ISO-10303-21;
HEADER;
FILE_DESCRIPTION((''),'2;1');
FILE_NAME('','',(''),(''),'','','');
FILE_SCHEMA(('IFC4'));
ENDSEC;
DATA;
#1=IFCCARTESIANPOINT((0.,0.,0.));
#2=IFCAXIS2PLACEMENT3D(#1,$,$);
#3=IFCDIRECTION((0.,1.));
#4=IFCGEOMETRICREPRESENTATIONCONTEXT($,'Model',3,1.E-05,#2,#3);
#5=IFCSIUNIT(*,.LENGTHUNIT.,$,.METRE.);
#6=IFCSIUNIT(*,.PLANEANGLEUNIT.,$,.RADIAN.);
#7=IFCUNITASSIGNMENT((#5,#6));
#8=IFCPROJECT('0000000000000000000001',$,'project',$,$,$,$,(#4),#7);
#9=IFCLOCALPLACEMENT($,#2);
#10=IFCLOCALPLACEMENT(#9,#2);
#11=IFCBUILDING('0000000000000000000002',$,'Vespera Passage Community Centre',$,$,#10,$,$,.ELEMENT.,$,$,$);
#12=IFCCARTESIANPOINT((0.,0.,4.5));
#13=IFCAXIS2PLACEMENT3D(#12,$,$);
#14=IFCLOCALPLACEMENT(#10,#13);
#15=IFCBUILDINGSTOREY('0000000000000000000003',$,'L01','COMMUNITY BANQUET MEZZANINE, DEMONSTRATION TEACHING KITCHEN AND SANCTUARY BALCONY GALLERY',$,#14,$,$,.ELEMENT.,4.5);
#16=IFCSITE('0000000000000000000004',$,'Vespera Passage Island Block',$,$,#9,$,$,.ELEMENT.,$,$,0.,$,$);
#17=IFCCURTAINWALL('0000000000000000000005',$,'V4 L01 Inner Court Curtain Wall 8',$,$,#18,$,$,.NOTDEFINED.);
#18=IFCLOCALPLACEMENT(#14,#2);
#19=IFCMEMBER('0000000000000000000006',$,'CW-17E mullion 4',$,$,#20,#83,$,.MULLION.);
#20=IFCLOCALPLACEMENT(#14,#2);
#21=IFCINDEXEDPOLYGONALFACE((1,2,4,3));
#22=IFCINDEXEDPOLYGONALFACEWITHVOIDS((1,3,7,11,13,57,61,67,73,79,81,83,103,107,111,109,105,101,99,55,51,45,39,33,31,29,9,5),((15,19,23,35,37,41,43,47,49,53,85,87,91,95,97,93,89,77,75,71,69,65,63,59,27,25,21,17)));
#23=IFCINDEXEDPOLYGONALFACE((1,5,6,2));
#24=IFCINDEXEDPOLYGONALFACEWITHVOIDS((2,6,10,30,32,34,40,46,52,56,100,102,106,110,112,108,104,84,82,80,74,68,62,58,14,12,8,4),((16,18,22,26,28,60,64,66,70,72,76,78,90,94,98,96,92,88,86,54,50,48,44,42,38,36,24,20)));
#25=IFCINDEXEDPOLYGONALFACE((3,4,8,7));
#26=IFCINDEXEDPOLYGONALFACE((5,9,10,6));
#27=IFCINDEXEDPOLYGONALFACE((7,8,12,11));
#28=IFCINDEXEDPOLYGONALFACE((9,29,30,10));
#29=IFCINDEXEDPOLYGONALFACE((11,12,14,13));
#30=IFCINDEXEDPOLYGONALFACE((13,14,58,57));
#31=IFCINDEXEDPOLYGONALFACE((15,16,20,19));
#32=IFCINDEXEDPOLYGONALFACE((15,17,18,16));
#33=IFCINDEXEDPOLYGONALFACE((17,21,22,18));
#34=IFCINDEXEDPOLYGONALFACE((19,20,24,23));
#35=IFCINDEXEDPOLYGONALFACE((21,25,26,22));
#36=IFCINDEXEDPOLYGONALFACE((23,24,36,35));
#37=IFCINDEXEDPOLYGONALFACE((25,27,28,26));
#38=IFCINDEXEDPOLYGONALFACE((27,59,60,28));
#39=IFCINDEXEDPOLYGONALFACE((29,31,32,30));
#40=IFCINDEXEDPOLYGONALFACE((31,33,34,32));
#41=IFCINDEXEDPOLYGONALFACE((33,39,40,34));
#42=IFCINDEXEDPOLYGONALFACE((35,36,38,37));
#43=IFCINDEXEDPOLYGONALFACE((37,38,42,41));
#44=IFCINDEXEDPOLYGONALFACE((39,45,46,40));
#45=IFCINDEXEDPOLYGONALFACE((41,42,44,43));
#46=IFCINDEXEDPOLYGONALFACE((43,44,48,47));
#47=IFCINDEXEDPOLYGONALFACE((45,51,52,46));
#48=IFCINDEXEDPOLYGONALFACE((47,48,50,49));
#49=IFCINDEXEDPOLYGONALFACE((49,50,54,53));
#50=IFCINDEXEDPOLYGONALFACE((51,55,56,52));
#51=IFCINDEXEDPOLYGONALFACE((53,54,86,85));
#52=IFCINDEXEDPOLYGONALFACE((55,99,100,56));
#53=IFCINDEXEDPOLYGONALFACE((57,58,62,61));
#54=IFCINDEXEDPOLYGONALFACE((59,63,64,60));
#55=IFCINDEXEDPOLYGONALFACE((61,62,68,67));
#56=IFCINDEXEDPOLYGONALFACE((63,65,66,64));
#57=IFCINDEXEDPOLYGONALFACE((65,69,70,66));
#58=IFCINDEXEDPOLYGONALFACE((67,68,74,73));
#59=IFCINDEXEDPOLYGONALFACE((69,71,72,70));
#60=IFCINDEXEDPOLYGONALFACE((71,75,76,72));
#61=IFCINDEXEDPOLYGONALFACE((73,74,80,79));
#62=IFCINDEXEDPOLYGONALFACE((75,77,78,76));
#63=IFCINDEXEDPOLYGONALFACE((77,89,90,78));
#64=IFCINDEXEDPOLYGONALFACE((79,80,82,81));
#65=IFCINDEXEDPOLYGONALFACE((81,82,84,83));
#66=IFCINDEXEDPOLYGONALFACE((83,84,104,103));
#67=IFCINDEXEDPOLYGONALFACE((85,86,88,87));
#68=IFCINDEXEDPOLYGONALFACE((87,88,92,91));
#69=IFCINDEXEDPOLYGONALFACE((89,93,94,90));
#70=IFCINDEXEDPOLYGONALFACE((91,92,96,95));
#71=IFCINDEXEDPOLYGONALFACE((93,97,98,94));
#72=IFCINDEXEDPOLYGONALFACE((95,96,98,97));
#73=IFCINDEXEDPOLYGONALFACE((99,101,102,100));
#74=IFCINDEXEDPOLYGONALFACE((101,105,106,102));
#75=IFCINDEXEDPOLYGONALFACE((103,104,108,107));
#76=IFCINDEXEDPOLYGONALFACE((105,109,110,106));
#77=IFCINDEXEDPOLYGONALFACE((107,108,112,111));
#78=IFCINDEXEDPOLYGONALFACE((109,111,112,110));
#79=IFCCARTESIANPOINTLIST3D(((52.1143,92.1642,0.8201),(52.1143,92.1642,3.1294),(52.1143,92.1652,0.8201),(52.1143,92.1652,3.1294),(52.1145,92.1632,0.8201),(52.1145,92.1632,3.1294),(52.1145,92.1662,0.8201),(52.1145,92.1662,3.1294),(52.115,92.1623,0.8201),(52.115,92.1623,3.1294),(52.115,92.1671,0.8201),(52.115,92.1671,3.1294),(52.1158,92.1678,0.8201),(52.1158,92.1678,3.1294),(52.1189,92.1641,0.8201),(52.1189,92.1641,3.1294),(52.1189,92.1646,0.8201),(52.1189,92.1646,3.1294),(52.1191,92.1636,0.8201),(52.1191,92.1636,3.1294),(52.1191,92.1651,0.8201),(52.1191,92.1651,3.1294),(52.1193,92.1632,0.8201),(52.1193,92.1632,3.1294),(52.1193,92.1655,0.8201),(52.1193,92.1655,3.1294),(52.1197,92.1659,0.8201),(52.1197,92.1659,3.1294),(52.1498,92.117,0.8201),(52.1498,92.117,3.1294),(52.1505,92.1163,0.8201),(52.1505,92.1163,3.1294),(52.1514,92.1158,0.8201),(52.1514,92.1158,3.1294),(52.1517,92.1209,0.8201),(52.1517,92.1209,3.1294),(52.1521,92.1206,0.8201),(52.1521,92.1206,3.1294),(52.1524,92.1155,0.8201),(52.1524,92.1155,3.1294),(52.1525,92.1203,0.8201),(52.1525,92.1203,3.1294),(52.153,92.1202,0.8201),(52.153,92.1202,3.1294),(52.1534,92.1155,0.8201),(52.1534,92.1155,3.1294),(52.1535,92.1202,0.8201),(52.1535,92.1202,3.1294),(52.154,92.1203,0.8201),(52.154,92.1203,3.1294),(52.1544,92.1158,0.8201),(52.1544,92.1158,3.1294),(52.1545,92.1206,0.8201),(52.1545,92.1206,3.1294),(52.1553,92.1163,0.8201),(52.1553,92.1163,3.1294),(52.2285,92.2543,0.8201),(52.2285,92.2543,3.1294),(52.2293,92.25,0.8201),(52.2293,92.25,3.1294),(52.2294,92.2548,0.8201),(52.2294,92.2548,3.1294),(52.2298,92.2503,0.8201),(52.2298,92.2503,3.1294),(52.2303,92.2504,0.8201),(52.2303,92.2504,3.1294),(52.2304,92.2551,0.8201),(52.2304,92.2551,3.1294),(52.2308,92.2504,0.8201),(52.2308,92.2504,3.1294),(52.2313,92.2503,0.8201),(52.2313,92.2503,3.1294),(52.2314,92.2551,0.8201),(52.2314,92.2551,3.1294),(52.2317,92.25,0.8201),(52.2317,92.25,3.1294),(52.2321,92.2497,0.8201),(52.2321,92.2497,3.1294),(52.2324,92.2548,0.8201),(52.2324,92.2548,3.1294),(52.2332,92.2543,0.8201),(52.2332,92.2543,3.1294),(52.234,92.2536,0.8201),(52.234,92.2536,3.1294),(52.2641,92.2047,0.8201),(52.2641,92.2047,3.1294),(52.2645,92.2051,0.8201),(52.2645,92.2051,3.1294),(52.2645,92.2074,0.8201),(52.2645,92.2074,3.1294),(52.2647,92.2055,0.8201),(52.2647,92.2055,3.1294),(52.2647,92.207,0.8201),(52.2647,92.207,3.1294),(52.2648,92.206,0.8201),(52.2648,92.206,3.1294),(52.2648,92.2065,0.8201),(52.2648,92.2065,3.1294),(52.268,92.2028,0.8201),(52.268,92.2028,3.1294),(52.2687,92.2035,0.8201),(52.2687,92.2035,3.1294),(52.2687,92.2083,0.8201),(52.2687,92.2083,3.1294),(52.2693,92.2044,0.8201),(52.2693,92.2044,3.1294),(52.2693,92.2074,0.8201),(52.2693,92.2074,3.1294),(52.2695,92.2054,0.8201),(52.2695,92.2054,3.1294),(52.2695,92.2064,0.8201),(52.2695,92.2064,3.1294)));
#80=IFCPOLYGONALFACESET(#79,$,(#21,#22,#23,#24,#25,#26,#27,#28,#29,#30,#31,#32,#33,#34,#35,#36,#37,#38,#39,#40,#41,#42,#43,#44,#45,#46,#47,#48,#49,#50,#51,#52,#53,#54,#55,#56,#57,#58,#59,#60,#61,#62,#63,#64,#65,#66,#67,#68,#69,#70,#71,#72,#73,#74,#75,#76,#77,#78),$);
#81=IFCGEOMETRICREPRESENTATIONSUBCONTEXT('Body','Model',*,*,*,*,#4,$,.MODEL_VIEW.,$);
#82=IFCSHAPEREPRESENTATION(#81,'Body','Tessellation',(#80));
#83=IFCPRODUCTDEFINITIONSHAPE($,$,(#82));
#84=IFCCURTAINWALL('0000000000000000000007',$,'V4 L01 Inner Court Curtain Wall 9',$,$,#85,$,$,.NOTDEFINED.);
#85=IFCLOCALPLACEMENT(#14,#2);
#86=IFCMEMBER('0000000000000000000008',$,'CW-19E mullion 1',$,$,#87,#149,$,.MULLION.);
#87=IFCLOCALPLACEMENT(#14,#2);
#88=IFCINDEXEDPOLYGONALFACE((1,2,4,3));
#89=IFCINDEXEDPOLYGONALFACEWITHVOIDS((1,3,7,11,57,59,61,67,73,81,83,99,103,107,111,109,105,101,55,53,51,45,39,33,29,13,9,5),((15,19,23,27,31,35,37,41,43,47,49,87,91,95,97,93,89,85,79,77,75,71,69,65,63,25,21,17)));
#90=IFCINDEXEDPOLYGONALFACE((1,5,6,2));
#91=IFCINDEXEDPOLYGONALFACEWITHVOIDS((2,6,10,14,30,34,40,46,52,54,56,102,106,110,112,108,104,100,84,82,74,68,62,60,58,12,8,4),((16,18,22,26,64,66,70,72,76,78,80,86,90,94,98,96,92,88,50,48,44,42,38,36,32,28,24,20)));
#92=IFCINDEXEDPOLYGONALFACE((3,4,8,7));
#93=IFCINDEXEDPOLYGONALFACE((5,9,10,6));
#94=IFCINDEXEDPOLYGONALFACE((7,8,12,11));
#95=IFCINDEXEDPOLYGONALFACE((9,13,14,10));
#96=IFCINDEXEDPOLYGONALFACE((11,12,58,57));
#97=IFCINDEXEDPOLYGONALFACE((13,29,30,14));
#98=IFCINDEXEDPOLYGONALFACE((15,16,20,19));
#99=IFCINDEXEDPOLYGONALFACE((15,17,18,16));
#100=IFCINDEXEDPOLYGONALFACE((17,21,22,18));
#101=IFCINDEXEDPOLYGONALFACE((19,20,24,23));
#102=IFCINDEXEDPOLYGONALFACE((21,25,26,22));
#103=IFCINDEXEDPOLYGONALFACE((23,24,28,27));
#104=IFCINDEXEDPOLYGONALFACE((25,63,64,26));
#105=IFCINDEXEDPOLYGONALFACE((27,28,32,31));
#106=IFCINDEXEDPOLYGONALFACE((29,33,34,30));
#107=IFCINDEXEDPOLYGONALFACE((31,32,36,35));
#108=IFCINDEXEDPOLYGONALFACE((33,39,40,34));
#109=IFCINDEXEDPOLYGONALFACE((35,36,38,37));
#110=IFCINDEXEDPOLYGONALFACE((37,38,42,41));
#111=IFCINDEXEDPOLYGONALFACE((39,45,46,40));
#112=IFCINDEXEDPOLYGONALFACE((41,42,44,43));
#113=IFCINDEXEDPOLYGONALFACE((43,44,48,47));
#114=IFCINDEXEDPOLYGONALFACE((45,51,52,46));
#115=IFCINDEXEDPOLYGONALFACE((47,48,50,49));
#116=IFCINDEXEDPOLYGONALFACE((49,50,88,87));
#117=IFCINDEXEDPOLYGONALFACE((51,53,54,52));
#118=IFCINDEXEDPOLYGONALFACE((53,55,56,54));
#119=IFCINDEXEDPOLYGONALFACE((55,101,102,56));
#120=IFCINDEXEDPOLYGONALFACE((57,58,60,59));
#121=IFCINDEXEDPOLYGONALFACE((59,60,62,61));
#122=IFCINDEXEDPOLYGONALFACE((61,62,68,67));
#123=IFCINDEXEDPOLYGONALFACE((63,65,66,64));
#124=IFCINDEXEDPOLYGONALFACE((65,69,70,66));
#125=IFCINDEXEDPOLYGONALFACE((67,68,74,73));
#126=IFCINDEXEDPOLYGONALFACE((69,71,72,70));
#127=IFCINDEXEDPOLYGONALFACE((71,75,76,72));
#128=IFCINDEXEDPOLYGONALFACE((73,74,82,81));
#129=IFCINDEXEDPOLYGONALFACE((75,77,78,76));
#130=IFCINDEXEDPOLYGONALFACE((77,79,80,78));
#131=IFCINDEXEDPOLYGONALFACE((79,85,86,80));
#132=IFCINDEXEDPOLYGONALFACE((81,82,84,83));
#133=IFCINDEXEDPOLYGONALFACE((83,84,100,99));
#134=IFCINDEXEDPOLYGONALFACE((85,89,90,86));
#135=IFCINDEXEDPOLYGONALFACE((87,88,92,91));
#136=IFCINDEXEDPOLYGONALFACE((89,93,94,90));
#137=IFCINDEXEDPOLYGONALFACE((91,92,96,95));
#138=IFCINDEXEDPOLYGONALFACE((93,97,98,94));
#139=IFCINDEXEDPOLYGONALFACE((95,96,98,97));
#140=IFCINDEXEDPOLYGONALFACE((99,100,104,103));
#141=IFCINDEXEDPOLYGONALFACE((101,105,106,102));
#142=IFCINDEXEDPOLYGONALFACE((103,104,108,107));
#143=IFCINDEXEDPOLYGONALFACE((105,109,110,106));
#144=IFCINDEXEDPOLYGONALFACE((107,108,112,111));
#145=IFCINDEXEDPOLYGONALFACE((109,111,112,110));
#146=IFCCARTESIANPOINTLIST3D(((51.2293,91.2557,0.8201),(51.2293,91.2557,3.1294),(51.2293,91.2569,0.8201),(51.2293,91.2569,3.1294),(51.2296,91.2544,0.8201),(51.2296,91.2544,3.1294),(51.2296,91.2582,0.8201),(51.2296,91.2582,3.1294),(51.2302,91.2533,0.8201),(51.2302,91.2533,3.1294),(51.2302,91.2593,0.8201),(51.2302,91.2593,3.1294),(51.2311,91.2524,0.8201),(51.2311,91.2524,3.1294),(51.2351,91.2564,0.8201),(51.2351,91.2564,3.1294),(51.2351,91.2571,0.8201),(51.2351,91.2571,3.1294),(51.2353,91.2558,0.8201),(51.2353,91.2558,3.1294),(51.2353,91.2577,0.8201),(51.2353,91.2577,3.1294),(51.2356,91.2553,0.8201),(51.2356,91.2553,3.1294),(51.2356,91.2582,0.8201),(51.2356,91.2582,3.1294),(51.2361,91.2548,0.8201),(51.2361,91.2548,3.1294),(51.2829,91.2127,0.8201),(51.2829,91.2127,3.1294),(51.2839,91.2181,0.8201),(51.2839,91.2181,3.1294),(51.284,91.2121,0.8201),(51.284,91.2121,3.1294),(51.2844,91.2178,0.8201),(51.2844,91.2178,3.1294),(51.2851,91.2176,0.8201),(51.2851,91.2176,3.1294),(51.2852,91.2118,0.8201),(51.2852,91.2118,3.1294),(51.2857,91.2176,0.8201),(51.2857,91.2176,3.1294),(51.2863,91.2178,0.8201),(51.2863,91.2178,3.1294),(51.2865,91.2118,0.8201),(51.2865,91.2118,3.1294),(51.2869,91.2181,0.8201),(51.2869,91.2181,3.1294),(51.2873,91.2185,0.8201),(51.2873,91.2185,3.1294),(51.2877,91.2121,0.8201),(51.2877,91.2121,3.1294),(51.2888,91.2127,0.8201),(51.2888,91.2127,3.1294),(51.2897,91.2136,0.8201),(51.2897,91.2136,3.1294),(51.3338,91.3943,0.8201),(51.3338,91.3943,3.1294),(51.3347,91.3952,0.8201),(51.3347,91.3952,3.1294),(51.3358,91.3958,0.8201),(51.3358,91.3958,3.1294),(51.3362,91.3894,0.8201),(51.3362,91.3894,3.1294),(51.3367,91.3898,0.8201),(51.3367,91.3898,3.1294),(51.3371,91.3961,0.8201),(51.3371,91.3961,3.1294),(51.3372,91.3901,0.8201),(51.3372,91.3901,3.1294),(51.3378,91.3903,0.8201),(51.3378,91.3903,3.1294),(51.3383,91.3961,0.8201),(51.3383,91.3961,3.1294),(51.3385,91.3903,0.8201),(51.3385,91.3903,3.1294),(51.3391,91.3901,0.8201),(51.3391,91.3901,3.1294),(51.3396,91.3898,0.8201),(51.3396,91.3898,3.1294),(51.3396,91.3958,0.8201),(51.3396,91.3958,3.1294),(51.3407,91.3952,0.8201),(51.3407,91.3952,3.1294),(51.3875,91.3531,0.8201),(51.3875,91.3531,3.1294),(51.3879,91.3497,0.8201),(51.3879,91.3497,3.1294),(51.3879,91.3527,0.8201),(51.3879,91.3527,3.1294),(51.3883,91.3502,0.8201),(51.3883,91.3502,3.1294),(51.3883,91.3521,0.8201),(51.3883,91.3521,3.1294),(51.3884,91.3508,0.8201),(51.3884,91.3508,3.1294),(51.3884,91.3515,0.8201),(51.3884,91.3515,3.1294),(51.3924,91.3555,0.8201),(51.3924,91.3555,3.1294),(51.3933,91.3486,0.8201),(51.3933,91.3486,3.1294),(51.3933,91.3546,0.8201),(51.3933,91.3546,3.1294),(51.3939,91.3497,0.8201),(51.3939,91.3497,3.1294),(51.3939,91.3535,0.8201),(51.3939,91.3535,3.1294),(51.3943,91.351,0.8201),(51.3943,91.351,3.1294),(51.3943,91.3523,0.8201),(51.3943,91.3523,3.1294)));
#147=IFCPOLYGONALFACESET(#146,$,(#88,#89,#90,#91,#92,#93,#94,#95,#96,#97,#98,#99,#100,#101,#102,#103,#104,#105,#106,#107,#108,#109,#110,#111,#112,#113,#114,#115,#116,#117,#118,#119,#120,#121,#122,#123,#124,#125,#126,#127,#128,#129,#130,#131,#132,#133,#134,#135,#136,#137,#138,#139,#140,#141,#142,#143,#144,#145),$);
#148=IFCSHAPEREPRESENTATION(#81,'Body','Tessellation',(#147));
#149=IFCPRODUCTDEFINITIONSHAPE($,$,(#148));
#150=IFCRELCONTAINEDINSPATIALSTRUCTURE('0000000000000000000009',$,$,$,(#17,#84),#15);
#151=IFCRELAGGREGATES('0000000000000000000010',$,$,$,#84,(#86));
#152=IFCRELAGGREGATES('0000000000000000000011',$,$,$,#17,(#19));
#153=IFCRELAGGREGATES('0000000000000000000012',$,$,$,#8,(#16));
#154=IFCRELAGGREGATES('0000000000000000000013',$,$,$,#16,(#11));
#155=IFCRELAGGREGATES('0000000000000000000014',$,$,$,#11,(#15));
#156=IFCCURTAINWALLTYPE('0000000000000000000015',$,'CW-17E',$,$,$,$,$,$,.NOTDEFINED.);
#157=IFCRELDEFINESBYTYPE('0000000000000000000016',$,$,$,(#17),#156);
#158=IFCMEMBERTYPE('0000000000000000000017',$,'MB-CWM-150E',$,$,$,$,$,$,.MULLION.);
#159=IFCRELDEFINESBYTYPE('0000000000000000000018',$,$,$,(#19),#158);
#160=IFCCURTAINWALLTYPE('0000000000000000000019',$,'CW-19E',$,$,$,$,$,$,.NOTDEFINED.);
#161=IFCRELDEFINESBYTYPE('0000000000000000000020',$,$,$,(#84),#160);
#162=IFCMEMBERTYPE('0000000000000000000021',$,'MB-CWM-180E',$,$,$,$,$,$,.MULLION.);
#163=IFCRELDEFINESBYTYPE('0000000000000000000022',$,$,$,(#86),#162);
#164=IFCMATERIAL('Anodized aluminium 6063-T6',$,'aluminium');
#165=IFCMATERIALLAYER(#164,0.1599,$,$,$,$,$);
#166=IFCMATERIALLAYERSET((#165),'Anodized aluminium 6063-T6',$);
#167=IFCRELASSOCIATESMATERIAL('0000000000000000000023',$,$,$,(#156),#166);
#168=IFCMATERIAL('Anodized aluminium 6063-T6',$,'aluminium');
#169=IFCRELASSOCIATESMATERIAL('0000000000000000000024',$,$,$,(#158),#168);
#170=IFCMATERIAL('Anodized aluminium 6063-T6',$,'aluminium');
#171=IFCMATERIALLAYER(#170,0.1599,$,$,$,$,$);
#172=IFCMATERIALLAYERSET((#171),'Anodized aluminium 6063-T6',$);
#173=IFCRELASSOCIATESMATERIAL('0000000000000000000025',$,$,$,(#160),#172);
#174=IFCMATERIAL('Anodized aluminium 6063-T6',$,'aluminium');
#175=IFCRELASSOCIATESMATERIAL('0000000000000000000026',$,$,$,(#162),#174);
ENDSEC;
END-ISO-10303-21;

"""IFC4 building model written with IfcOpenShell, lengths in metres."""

from ifc_helpers import new_model, si_unit, direction, frame, origin, origin_2d, place, context, subcontext, project, spatial, hollow_rectangle, extrude, material, layer, layer_set, material_profile, profile_set, type_object, element, aggregate, save


model = new_model("IFC4")

# Units and contexts
model_context = context("Model", 3, precision=1e-05, world=origin(), true_north=direction((0.0, 1.0)))
body_context = subcontext(model_context, "Body", "Model", "MODEL_VIEW")
ifc_project = project(units=[si_unit("LENGTHUNIT", "METRE"), si_unit("PLANEANGLEUNIT", "RADIAN")], contexts=[model_context])

# Site, building, storey
site_placement = place(None, origin())
site = spatial("IfcSite", under=ifc_project, at=site_placement, Name="Vespera Passage Island Block", CompositionType="ELEMENT", RefElevation=0.0)
building_placement = place(site_placement, origin())
building = spatial("IfcBuilding", under=site, at=building_placement, Name="Vespera Passage Community Centre", CompositionType="ELEMENT")
storey_placement = place(building_placement, frame((0.0, 0.0, 4.5)))
storey = spatial("IfcBuildingStorey", under=building, at=storey_placement, Name="L01", Description="COMMUNITY BANQUET MEZZANINE, DEMONSTRATION TEACHING KITCHEN AND SANCTUARY BALCONY GALLERY", CompositionType="ELEMENT", Elevation=4.5)

# Curtain walls, members
ifc_material_1 = material(Name="Anodized aluminium 6063-T6", Category="aluminium")
ifc_layer_1 = layer(ifc_material_1, 0.1599)
ifc_layer_set_1 = layer_set([ifc_layer_1], Name="Anodized aluminium 6063-T6")
curtain_wall_type_1 = type_object("IfcCurtainWallType", Name="CW-17E", PredefinedType="NOTDEFINED", material=ifc_layer_set_1)
curtain_wall_1_placement = place(storey_placement, origin())
curtain_wall_1 = element("IfcCurtainWall", 1, at=curtain_wall_1_placement, inside=storey, type_object=curtain_wall_type_1, Name="V4 L01 Inner Court Curtain Wall 8", PredefinedType="NOTDEFINED")
ifc_material_2 = material(Name="Anodized aluminium 6063-T6", Category="aluminium")
ifc_material_profile_1 = material_profile(ifc_material_2, hollow_rectangle(XDim=0.0649, YDim=0.1499, WallThickness=0.0039, InnerFilletRadius=0.002, OuterFilletRadius=0.0039, at=origin_2d()), Name="ALU150X65X4")
ifc_profile_set_1 = profile_set([ifc_material_profile_1], Name="Anodized aluminium 6063-T6")
member_type_1 = type_object("IfcMemberType", Name="MB-CWM-150E", PredefinedType="MULLION", material=ifc_profile_set_1)
member_1_placement = place(storey_placement, frame((52.1919, 92.1853, 0.8201), z_axis=(0.0, 0.0, 1.0), x_axis=(0.608755, -0.793358, 0.0)))
member_1 = element("IfcMember", 2, at=member_1_placement, type_object=member_type_1, Name="CW-17E mullion 4", PredefinedType="MULLION", context=body_context, shape_type="SweptSolid", body=[
    extrude(hollow_rectangle(XDim=0.0649, YDim=0.1499, WallThickness=0.0039, InnerFilletRadius=0.002, OuterFilletRadius=0.0039, at=origin_2d()), origin(), (0.0, 0.0, 1.0), 2.3093),
])
ifc_material_3 = material(Name="Anodized aluminium 6063-T6", Category="aluminium")
ifc_layer_2 = layer(ifc_material_3, 0.1599)
ifc_layer_set_2 = layer_set([ifc_layer_2], Name="Anodized aluminium 6063-T6")
curtain_wall_type_2 = type_object("IfcCurtainWallType", Name="CW-19E", PredefinedType="NOTDEFINED", material=ifc_layer_set_2)
curtain_wall_2_placement = place(storey_placement, origin())
curtain_wall_2 = element("IfcCurtainWall", 3, at=curtain_wall_2_placement, inside=storey, type_object=curtain_wall_type_2, Name="V4 L01 Inner Court Curtain Wall 9", PredefinedType="NOTDEFINED")
ifc_material_4 = material(Name="Anodized aluminium 6063-T6", Category="aluminium")
ifc_material_profile_2 = material_profile(ifc_material_4, hollow_rectangle(XDim=0.075, YDim=0.1799, WallThickness=0.0049, InnerFilletRadius=0.0024, OuterFilletRadius=0.0049, at=origin_2d()), Name="ALU180X75X5")
ifc_profile_set_2 = profile_set([ifc_material_profile_2], Name="Anodized aluminium 6063-T6")
member_type_2 = type_object("IfcMemberType", Name="MB-CWM-180E", PredefinedType="MULLION", material=ifc_profile_set_2)
member_2_placement = place(storey_placement, frame((51.3118, 91.304, 0.8201), z_axis=(0.0, 0.0, 1.0), x_axis=(0.793358, -0.608755, 0.0)))
member_2 = element("IfcMember", 4, at=member_2_placement, type_object=member_type_2, Name="CW-19E mullion 1", PredefinedType="MULLION", context=body_context, shape_type="SweptSolid", body=[
    extrude(hollow_rectangle(XDim=0.075, YDim=0.1799, WallThickness=0.0049, InnerFilletRadius=0.0024, OuterFilletRadius=0.0049, at=origin_2d()), origin(), (0.0, 0.0, 1.0), 2.3093),
])

aggregate(curtain_wall_2, [member_2])
aggregate(curtain_wall_1, [member_1])

save(model, "model.ifc")
